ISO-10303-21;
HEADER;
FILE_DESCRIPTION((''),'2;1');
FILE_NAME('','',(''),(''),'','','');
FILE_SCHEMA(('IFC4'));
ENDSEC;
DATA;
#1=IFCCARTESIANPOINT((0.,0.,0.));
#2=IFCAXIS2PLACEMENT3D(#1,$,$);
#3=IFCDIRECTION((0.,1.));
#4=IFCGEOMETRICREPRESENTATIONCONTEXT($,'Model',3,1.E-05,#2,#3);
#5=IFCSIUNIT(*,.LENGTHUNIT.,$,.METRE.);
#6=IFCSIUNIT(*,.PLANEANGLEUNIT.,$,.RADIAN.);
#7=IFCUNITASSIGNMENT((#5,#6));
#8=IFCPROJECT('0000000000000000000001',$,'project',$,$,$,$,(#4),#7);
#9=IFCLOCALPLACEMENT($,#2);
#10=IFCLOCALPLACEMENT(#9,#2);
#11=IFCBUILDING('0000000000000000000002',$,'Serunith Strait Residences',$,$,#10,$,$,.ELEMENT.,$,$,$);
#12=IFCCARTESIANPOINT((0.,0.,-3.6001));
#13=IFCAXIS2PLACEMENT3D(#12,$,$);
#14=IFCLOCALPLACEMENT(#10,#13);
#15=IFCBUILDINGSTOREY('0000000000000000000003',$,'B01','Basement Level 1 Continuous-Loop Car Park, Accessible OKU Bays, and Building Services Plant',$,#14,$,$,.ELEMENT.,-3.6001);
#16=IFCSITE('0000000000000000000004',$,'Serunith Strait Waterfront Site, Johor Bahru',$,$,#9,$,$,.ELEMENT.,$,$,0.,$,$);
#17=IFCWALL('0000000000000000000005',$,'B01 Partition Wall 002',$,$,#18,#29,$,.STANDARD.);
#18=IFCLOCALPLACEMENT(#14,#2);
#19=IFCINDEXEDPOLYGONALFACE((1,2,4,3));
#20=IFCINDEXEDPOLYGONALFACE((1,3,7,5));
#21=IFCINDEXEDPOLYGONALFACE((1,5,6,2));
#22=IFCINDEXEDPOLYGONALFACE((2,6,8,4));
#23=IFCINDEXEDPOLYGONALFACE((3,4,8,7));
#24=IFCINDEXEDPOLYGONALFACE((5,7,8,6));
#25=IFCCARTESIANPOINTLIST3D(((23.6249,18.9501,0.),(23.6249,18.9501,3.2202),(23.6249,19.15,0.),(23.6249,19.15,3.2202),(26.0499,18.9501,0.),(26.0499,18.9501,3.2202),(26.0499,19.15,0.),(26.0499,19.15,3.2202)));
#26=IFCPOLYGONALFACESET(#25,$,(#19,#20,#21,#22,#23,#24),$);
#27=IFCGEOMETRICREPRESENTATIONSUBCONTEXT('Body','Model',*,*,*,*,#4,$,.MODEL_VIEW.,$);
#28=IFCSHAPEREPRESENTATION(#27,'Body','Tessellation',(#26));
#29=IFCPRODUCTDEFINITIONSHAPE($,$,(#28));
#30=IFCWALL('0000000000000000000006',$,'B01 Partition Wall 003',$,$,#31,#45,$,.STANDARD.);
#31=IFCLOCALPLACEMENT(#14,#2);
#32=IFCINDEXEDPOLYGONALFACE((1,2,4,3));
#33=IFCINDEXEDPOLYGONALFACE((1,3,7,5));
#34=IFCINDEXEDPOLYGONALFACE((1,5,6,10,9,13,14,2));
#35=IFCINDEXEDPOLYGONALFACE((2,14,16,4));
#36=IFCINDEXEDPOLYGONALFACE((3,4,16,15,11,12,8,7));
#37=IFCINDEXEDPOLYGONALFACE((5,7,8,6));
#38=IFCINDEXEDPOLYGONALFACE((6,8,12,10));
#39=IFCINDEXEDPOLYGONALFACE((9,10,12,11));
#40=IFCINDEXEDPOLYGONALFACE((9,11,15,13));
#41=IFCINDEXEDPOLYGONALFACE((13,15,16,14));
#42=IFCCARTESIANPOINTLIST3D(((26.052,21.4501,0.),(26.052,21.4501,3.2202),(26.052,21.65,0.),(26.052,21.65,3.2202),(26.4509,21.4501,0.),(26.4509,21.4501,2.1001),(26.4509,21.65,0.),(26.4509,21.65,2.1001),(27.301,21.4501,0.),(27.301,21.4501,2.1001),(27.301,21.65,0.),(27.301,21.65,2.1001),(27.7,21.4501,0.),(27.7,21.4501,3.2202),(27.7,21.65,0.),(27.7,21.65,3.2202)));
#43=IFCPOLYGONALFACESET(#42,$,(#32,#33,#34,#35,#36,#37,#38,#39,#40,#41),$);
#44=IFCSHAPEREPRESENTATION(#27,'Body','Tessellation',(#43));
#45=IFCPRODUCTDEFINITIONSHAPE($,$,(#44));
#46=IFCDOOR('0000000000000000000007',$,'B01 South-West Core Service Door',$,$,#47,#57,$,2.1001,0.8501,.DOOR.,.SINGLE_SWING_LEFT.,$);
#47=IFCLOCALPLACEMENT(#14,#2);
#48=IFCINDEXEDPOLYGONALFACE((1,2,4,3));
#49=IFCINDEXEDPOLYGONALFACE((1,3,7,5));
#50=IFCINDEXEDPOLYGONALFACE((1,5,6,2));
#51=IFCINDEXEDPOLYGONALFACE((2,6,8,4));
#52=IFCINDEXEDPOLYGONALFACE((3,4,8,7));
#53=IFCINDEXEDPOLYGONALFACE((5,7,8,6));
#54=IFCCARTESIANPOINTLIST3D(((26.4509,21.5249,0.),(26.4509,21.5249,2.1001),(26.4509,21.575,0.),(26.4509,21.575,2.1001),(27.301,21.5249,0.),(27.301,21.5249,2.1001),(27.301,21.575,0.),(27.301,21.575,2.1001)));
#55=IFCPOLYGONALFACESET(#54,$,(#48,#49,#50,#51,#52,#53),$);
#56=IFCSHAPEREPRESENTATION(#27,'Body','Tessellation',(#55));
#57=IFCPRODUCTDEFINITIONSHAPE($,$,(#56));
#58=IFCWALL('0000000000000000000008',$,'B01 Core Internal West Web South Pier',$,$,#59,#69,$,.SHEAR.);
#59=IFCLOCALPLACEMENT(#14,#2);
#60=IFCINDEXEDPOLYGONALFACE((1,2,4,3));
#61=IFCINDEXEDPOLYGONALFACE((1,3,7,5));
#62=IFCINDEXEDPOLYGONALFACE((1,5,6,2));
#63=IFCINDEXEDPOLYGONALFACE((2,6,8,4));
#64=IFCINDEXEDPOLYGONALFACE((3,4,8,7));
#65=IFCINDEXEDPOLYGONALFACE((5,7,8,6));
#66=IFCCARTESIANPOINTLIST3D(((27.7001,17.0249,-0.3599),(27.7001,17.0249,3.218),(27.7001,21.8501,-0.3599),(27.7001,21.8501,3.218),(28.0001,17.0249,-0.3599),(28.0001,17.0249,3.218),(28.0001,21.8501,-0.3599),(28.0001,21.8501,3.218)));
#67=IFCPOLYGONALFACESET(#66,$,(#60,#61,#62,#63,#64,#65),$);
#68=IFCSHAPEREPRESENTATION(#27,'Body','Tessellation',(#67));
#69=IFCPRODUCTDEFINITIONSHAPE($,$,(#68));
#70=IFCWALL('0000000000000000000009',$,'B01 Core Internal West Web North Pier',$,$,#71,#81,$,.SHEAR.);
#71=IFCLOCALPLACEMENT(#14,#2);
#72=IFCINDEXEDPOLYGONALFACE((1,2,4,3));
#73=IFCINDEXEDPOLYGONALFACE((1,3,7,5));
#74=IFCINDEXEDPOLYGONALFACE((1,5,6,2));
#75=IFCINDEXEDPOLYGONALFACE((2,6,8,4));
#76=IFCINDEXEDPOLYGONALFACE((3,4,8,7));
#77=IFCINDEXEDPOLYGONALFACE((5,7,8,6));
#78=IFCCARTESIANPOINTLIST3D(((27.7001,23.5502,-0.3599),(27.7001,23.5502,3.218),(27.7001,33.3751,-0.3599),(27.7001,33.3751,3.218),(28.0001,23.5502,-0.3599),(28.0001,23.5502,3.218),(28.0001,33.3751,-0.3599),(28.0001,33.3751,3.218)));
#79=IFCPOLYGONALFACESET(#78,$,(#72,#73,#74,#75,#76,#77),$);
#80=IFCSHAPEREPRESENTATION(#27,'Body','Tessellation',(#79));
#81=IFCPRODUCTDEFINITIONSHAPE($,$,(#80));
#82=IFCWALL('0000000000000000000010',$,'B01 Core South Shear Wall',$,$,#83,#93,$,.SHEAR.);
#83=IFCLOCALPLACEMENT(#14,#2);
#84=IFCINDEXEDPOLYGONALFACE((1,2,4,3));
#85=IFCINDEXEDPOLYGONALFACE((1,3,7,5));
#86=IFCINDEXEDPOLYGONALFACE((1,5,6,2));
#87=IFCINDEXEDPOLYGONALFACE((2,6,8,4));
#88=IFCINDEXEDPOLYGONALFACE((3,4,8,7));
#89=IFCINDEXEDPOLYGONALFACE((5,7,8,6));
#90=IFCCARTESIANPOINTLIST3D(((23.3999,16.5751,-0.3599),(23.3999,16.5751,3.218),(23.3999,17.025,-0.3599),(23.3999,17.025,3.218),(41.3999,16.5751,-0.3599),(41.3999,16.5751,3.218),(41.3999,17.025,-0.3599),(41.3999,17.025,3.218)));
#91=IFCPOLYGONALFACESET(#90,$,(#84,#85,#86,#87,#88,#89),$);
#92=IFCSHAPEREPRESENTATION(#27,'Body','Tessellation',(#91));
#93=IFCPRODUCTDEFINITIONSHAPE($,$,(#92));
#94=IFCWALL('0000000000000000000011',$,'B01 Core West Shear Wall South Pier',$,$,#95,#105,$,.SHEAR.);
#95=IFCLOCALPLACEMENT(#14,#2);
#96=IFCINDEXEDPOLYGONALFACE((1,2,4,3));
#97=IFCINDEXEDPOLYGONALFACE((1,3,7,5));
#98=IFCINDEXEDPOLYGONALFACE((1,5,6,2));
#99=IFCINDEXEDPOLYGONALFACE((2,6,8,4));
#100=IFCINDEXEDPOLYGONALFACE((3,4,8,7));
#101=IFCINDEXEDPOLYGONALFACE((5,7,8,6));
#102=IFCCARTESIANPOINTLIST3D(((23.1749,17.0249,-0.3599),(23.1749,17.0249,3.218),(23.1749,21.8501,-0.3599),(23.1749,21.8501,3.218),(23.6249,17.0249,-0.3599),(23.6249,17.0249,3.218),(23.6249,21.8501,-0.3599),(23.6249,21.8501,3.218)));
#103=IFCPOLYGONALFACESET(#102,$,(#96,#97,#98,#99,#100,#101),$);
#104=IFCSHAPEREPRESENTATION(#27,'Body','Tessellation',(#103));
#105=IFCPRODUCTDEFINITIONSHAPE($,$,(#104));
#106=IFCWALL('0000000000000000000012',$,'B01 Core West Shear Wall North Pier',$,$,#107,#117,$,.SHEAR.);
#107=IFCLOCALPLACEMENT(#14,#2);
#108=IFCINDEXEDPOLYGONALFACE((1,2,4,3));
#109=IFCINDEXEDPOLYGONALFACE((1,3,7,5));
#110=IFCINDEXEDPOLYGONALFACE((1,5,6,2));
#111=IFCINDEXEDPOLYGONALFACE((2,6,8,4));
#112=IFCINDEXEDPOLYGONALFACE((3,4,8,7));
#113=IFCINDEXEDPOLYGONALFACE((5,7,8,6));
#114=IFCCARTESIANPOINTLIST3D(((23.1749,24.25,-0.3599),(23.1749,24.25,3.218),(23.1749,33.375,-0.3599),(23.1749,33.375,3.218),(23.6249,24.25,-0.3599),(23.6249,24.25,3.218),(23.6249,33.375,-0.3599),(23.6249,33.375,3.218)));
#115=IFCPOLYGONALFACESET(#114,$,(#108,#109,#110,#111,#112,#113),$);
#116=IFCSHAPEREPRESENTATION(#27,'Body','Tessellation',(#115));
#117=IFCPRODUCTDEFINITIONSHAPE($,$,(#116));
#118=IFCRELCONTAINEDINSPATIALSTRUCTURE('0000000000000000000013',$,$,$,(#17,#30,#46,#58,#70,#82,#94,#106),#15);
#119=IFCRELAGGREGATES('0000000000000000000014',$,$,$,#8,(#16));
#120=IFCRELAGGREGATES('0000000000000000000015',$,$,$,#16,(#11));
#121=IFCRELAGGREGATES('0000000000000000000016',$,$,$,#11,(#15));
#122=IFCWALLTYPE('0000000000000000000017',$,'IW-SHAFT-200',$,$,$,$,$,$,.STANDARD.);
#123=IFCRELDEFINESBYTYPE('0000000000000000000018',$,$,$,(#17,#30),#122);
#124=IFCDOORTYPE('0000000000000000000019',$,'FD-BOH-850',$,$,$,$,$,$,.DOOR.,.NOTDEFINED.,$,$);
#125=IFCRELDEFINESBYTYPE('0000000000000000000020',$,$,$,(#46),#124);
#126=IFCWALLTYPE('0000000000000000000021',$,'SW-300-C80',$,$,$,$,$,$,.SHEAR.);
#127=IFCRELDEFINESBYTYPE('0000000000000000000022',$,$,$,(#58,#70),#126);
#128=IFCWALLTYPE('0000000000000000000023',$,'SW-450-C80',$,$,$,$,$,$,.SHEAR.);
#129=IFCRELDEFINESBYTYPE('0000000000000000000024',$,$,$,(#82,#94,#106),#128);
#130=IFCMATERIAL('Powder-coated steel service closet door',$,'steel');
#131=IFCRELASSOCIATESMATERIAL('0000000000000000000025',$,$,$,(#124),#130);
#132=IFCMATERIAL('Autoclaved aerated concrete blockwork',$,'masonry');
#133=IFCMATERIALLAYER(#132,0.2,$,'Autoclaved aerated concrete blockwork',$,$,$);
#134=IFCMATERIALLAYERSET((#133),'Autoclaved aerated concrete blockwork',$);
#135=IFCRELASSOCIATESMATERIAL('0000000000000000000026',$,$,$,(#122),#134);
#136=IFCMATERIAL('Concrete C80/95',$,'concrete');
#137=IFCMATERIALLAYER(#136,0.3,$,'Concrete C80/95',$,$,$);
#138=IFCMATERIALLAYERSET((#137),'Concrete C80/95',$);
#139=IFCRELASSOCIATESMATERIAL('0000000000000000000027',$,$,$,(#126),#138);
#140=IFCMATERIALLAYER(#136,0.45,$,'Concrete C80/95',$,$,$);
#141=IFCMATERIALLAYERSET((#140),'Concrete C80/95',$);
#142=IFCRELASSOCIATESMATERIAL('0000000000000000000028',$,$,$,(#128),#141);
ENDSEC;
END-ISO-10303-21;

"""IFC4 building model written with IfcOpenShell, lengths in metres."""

from ifc_helpers import new_model, si_unit, direction, frame, frame_2d, origin, place, context, subcontext, project, spatial, rectangle, extrude, source, transform, mapped, material, layer, layer_set, type_object, element, fill, save


model = new_model("IFC4")

# Units and contexts
model_context = context("Model", 3, precision=1e-05, world=origin(), true_north=direction((0.0, 1.0)))
body_context = subcontext(model_context, "Body", "Model", "MODEL_VIEW")
ifc_project = project(units=[si_unit("LENGTHUNIT", "METRE"), si_unit("PLANEANGLEUNIT", "RADIAN")], contexts=[model_context])

# Site, building, storey
site_placement = place(None, origin())
site = spatial("IfcSite", under=ifc_project, at=site_placement, Name="Serunith Strait Waterfront Site, Johor Bahru", CompositionType="ELEMENT", RefElevation=0.0)
building_placement = place(site_placement, origin())
building = spatial("IfcBuilding", under=site, at=building_placement, Name="Serunith Strait Residences", CompositionType="ELEMENT")
storey_placement = place(building_placement, frame((0.0, 0.0, -3.6001)))
storey = spatial("IfcBuildingStorey", under=building, at=storey_placement, Name="B01", Description="Basement Level 1 Continuous-Loop Car Park, Accessible OKU Bays, and Building Services Plant", CompositionType="ELEMENT", Elevation=-3.6001)

# Shared definitions
ifc_material_1 = material(Name="Powder-coated steel service closet door", Category="steel")
door_type_1 = type_object("IfcDoorType", Name="FD-BOH-850", OperationType="NOTDEFINED", PredefinedType="DOOR", material=ifc_material_1)
shared_shape_1 = source(origin(), body_context, "Body", "SweptSolid", [
    extrude(rectangle(XDim=0.8501, YDim=2.1001, at=frame_2d((0.425, 1.05))), frame((0.0, 0.0249, 0.0), z_axis=(0.0, -1.0, 0.0), x_axis=(1.0, 0.0, 0.0)), (0.0, 0.0, 1.0), 0.05),
])
ifc_material_2 = material(Name="Autoclaved aerated concrete blockwork", Category="masonry")
ifc_layer_1 = layer(ifc_material_2, 0.2, Name="Autoclaved aerated concrete blockwork")
ifc_layer_set_1 = layer_set([ifc_layer_1], Name="Autoclaved aerated concrete blockwork")
wall_type_1 = type_object("IfcWallType", Name="IW-SHAFT-200", PredefinedType="STANDARD", material=ifc_layer_set_1)

# Wall
wall_1_placement = place(storey_placement, frame((23.625, 19.05, 0.0), z_axis=(0.0, 0.0, 1.0), x_axis=(1.0, 0.0, 0.0)))
element("IfcWall", 1, at=wall_1_placement, inside=storey, type_object=wall_type_1, Name="B01 Partition Wall 002", PredefinedType="STANDARD", context=body_context, shape_type="SweptSolid", body=[
    extrude(rectangle(XDim=2.425, YDim=0.2, at=frame_2d((1.2124, 0.0))), origin(), (0.0, 0.0, 1.0), 3.2202),
])

# Wall, opening, door
wall_2_placement = place(storey_placement, frame((26.052, 21.55, 0.0), z_axis=(0.0, 0.0, 1.0), x_axis=(1.0, 0.0, 0.0)))
wall_2 = element("IfcWall", 2, at=wall_2_placement, inside=storey, type_object=wall_type_1, Name="B01 Partition Wall 003", PredefinedType="STANDARD", context=body_context, shape_type="SweptSolid", body=[
    extrude(rectangle(XDim=1.6479, YDim=0.2, at=frame_2d((0.824, 0.0))), origin(), (0.0, 0.0, 1.0), 3.2202),
])
opening_1_placement = place(wall_2_placement, frame((0.3989, 0.0, 0.0)))
opening_1 = element("IfcOpeningElement", 3, at=opening_1_placement, cuts=wall_2, PredefinedType="OPENING", context=body_context, shape_type="SweptSolid", body=[
    extrude(rectangle(XDim=0.8501, YDim=2.1001, at=frame_2d((0.425, 1.05))), frame((0.0, 0.1099, 0.0), z_axis=(0.0, -1.0, 0.0), x_axis=(1.0, 0.0, 0.0)), (0.0, 0.0, 1.0), 0.22),
])
door_1_placement = place(opening_1_placement, origin())
door_1 = element("IfcDoor", 4, at=door_1_placement, inside=storey, type_object=door_type_1, Name="B01 South-West Core Service Door", OperationType="SINGLE_SWING_LEFT", OverallHeight=2.1001, OverallWidth=0.8501, PredefinedType="DOOR", context=body_context, shape_type="MappedRepresentation", body=[
    mapped(shared_shape_1, transform((0.0, 0.0, 0.0), scale=1.0)),
])
fill(opening_1, door_1)

# Walls
ifc_material_3 = material(Name="Concrete C80/95", Category="concrete")
ifc_layer_2 = layer(ifc_material_3, 0.3, Name="Concrete C80/95")
ifc_layer_set_2 = layer_set([ifc_layer_2], Name="Concrete C80/95")
wall_type_2 = type_object("IfcWallType", Name="SW-300-C80", PredefinedType="SHEAR", material=ifc_layer_set_2)
wall_3_placement = place(storey_placement, frame((27.8501, 17.0249, -0.3599), z_axis=(0.0, 0.0, 1.0), x_axis=(0.0, 1.0, 0.0)))
element("IfcWall", 5, at=wall_3_placement, inside=storey, type_object=wall_type_2, Name="B01 Core Internal West Web South Pier", PredefinedType="SHEAR", context=body_context, shape_type="SweptSolid", body=[
    extrude(rectangle(XDim=4.8252, YDim=0.3, at=frame_2d((2.4126, 0.0))), origin(), (0.0, 0.0, 1.0), 3.5779),
])
wall_4_placement = place(storey_placement, frame((27.8501, 23.55, -0.3599), z_axis=(0.0, 0.0, 1.0), x_axis=(0.0, 1.0, 0.0)))
element("IfcWall", 6, at=wall_4_placement, inside=storey, type_object=wall_type_2, Name="B01 Core Internal West Web North Pier", PredefinedType="SHEAR", context=body_context, shape_type="SweptSolid", body=[
    extrude(rectangle(XDim=9.825, YDim=0.3, at=frame_2d((4.9126, 0.0))), origin(), (0.0, 0.0, 1.0), 3.5779),
])
ifc_layer_3 = layer(ifc_material_3, 0.45, Name="Concrete C80/95")
ifc_layer_set_3 = layer_set([ifc_layer_3], Name="Concrete C80/95")
wall_type_3 = type_object("IfcWallType", Name="SW-450-C80", PredefinedType="SHEAR", material=ifc_layer_set_3)
wall_5_placement = place(storey_placement, frame((23.3999, 16.8, -0.3599), z_axis=(0.0, 0.0, 1.0), x_axis=(1.0, 0.0, 0.0)))
element("IfcWall", 7, at=wall_5_placement, inside=storey, type_object=wall_type_3, Name="B01 Core South Shear Wall", PredefinedType="SHEAR", context=body_context, shape_type="SweptSolid", body=[
    extrude(rectangle(XDim=18.0, YDim=0.45, at=frame_2d((9.0, 0.0))), origin(), (0.0, 0.0, 1.0), 3.5779),
])
wall_6_placement = place(storey_placement, frame((23.3999, 17.0249, -0.3599), z_axis=(0.0, 0.0, 1.0), x_axis=(0.0, 1.0, 0.0)))
element("IfcWall", 8, at=wall_6_placement, inside=storey, type_object=wall_type_3, Name="B01 Core West Shear Wall South Pier", PredefinedType="SHEAR", context=body_context, shape_type="SweptSolid", body=[
    extrude(rectangle(XDim=4.8252, YDim=0.45, at=frame_2d((2.4126, 0.0))), origin(), (0.0, 0.0, 1.0), 3.5779),
])
wall_7_placement = place(storey_placement, frame((23.3999, 24.25, -0.3599), z_axis=(0.0, 0.0, 1.0), x_axis=(0.0, 1.0, 0.0)))
element("IfcWall", 9, at=wall_7_placement, inside=storey, type_object=wall_type_3, Name="B01 Core West Shear Wall North Pier", PredefinedType="SHEAR", context=body_context, shape_type="SweptSolid", body=[
    extrude(rectangle(XDim=9.125, YDim=0.45, at=frame_2d((4.5625, 0.0))), origin(), (0.0, 0.0, 1.0), 3.5779),
])

save(model, "model.ifc")
